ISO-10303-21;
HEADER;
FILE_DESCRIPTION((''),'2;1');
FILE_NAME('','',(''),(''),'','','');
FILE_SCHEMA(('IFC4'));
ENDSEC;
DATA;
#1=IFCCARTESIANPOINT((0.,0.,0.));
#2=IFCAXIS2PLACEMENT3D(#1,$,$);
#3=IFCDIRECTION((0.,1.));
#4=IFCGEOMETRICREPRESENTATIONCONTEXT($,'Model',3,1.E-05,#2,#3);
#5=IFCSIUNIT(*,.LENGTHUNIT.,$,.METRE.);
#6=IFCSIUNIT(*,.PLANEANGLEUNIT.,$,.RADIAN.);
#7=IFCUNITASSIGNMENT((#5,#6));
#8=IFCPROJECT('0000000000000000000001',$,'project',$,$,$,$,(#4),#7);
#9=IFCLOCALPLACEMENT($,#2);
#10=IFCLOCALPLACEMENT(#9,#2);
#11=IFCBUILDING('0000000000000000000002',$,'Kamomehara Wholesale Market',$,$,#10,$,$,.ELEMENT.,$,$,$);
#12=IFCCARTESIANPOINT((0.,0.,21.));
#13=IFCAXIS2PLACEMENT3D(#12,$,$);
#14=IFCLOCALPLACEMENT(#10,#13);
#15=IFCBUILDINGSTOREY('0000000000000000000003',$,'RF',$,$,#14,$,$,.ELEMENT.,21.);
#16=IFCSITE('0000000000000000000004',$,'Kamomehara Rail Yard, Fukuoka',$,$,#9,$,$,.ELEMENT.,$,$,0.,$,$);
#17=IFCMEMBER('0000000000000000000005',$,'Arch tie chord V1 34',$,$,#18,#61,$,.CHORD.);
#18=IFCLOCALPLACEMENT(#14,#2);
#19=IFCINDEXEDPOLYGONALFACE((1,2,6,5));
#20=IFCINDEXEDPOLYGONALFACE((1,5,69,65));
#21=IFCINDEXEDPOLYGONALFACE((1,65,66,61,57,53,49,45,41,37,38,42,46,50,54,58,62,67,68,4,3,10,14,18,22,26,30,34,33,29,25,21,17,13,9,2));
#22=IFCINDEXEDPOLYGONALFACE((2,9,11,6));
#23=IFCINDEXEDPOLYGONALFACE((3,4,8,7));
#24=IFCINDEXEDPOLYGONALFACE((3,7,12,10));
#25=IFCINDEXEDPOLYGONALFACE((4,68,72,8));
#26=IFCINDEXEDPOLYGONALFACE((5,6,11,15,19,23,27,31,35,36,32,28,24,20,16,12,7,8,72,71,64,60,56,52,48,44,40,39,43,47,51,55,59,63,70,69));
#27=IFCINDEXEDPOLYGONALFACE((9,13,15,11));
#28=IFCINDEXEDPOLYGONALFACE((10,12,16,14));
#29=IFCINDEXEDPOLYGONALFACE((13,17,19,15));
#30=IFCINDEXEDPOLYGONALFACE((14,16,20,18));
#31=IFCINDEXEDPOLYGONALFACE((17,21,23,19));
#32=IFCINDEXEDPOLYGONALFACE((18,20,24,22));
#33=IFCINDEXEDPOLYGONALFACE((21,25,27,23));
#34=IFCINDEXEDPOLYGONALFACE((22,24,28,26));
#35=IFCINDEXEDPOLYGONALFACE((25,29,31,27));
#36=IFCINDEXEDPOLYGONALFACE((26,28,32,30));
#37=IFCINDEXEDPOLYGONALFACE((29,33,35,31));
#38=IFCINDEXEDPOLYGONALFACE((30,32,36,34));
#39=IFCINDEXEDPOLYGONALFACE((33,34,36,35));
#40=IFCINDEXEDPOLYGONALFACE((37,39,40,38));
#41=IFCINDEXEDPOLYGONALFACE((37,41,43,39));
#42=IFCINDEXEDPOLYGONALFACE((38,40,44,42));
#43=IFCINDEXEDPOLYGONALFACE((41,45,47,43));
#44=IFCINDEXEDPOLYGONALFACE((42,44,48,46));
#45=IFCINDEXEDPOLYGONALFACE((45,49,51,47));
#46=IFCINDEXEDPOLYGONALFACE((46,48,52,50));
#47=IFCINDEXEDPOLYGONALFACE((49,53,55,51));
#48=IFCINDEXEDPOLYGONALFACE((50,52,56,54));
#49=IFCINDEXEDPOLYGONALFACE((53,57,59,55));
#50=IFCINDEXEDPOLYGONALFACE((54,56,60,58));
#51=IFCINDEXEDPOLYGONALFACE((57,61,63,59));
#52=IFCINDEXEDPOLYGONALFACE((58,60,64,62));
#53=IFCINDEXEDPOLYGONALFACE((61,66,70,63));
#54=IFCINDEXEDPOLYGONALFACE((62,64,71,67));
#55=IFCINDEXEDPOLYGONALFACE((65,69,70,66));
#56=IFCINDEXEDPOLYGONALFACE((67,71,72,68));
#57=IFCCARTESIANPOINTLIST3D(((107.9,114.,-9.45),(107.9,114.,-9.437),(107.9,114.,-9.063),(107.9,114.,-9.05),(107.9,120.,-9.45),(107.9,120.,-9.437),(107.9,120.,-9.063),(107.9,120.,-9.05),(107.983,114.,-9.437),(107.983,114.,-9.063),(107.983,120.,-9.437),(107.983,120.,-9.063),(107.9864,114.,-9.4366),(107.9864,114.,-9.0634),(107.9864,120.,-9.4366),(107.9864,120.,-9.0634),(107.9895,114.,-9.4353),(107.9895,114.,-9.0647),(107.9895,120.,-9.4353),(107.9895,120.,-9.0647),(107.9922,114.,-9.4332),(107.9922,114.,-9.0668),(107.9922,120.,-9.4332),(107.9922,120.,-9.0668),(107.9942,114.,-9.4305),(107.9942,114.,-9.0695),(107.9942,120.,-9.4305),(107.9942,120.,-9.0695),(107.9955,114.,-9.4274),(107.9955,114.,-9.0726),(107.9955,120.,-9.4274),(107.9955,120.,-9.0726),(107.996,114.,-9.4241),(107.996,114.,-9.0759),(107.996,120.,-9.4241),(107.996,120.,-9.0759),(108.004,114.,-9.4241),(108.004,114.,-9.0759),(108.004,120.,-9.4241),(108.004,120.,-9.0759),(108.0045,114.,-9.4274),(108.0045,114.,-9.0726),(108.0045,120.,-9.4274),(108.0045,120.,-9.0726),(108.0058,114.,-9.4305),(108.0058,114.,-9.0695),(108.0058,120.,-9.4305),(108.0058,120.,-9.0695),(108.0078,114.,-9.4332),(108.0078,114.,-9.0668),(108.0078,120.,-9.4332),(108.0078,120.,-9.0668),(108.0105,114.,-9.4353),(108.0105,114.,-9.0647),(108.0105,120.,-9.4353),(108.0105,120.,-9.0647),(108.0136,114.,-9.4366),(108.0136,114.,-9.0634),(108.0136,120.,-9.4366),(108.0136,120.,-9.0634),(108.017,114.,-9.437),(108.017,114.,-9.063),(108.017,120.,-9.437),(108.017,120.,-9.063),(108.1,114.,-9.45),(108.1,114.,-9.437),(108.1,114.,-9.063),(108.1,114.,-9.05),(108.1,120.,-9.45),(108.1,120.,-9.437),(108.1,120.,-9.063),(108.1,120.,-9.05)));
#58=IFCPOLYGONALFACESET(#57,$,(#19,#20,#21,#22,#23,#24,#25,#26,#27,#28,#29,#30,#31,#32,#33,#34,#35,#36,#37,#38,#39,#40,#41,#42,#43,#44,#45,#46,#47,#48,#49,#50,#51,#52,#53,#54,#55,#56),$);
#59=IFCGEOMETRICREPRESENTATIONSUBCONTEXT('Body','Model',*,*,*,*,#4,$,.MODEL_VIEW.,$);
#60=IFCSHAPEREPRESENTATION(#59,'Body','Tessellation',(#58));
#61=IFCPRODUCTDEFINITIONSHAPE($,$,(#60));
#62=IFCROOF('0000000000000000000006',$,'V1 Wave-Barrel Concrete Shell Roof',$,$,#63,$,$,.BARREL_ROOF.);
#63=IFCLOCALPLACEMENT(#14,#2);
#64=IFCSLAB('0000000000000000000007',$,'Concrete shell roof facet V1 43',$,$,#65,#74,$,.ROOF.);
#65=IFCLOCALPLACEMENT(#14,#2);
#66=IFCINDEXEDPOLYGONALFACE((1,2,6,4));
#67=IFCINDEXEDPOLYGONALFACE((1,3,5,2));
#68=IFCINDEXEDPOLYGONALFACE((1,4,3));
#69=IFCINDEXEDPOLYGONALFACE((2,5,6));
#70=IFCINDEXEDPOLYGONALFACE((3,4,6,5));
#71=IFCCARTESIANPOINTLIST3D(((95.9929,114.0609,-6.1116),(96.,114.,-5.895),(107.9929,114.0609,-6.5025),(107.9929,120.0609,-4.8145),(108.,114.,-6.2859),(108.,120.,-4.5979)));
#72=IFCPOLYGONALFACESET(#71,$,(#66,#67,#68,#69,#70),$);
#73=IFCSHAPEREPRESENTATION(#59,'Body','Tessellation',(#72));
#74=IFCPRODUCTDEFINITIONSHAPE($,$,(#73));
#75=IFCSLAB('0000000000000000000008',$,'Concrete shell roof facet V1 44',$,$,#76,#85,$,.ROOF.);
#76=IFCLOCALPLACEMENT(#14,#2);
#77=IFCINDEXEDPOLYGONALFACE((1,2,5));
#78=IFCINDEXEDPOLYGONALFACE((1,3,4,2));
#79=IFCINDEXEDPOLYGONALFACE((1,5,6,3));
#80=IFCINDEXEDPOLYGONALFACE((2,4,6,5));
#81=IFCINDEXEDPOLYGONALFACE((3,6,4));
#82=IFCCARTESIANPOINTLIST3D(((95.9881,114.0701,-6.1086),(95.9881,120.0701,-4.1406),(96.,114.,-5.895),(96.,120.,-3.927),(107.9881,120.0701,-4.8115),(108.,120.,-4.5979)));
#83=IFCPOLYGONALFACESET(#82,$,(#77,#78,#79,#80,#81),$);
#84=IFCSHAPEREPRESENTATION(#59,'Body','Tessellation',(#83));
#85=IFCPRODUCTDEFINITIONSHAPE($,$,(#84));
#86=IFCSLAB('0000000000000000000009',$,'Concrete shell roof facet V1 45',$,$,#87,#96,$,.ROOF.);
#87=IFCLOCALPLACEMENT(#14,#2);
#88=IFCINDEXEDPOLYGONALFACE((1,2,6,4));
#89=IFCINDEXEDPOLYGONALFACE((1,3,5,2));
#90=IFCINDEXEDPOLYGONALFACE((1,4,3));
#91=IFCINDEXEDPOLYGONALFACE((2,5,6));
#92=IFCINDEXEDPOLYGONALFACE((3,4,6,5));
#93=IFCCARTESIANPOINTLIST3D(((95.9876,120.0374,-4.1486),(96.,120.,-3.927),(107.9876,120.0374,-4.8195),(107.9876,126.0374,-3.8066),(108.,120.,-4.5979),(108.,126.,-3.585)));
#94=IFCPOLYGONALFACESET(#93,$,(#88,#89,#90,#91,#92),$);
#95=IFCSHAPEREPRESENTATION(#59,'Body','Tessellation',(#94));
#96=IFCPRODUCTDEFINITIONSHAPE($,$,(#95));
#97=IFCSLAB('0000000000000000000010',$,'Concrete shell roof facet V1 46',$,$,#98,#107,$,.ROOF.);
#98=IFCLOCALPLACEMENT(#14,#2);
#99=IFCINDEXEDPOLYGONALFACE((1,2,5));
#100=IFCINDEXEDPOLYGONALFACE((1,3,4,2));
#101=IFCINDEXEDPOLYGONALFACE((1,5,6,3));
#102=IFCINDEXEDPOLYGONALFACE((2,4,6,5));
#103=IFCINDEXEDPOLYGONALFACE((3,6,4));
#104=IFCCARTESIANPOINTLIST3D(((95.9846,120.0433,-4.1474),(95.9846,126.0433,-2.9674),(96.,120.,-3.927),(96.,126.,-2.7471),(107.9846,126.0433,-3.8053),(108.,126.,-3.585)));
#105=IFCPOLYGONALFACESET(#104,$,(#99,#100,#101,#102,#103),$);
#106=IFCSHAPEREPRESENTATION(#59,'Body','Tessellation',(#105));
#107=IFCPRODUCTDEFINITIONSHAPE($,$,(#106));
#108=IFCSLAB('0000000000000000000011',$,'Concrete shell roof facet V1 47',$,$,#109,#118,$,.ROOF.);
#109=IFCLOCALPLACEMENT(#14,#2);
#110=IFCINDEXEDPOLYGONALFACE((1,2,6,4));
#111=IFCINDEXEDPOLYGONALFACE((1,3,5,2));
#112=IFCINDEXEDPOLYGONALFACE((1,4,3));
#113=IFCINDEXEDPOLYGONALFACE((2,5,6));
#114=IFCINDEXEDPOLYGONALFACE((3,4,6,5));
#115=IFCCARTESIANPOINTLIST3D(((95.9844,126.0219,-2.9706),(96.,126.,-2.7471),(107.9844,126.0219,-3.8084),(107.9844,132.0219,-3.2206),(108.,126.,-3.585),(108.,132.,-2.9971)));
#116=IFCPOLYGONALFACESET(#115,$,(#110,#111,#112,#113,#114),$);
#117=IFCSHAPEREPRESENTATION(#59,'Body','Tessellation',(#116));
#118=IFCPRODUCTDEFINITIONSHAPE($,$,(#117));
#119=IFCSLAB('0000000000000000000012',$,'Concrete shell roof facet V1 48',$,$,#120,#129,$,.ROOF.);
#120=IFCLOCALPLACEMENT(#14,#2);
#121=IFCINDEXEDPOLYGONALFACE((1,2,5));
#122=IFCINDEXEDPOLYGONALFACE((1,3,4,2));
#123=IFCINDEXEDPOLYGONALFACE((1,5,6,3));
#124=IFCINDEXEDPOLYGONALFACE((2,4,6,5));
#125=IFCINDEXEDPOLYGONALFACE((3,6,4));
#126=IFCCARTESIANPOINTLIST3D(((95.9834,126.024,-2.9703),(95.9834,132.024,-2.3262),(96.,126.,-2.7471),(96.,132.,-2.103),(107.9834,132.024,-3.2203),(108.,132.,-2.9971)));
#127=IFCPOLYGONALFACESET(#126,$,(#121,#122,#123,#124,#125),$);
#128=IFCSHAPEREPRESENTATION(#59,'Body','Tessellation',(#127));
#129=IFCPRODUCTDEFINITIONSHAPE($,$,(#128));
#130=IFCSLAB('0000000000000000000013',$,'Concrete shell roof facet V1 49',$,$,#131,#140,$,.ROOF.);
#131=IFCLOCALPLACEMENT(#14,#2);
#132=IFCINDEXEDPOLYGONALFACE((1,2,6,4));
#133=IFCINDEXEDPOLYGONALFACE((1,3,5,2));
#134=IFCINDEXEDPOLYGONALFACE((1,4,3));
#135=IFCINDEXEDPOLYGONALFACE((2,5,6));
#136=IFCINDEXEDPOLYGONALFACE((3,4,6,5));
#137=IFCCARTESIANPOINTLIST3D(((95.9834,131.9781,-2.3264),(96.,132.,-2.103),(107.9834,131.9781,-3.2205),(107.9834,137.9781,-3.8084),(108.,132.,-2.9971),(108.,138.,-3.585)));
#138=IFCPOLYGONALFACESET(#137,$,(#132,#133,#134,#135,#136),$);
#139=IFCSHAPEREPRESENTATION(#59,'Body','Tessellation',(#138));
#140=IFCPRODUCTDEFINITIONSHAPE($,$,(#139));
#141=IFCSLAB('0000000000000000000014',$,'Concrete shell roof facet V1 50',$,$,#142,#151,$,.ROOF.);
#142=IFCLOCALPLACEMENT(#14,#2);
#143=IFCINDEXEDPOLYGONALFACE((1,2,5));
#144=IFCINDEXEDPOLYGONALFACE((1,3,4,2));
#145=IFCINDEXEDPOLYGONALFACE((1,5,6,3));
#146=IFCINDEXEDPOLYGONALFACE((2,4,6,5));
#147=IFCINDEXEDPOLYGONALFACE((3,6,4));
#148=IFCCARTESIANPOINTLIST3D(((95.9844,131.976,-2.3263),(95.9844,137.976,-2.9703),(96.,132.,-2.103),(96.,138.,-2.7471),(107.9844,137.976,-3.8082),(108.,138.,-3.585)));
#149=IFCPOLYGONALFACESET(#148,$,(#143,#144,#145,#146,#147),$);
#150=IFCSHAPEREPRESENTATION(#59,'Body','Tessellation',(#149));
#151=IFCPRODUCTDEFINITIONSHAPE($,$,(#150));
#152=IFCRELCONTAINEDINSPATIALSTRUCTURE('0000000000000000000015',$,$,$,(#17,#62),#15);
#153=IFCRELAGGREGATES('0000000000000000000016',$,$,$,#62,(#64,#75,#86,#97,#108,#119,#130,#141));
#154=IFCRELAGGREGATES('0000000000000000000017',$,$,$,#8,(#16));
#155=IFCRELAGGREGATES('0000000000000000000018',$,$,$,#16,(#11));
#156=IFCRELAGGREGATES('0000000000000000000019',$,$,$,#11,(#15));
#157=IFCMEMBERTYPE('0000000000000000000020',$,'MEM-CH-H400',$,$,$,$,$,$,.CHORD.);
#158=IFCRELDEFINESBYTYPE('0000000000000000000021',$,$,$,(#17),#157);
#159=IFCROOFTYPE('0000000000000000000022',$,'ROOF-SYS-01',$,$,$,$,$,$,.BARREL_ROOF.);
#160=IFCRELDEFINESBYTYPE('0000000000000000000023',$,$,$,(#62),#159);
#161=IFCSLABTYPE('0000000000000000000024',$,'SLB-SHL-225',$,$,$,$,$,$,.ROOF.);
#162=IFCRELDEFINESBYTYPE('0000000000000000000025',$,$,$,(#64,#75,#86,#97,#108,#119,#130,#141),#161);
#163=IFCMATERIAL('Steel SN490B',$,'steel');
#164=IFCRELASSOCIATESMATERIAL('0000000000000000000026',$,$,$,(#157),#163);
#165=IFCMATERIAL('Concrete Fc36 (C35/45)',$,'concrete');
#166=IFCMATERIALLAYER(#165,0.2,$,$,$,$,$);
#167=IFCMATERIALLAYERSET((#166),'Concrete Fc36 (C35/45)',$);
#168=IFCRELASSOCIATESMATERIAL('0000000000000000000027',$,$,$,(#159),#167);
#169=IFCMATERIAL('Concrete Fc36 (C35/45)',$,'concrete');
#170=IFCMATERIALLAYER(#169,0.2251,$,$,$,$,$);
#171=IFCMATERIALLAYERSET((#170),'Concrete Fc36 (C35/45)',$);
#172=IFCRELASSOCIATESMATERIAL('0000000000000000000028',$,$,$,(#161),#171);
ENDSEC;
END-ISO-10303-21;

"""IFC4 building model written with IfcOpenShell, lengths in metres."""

from ifc_helpers import new_model, si_unit, direction, frame, origin, origin_2d, place, context, subcontext, project, spatial, polyline, i_section, outline, extrude, material, layer, layer_set, material_profile, profile_set, type_object, element, aggregate, save


model = new_model("IFC4")

# Units and contexts
model_context = context("Model", 3, precision=1e-05, world=origin(), true_north=direction((0.0, 1.0)))
body_context = subcontext(model_context, "Body", "Model", "MODEL_VIEW")
ifc_project = project(units=[si_unit("LENGTHUNIT", "METRE"), si_unit("PLANEANGLEUNIT", "RADIAN")], contexts=[model_context])

# Site, building, storey
site_placement = place(None, origin())
site = spatial("IfcSite", under=ifc_project, at=site_placement, Name="Kamomehara Rail Yard, Fukuoka", CompositionType="ELEMENT", RefElevation=0.0)
building_placement = place(site_placement, origin())
building = spatial("IfcBuilding", under=site, at=building_placement, Name="Kamomehara Wholesale Market", CompositionType="ELEMENT")
storey_placement = place(building_placement, frame((0.0, 0.0, 21.0)))
storey = spatial("IfcBuildingStorey", under=building, at=storey_placement, Name="RF", CompositionType="ELEMENT", Elevation=21.0)

# Member
ifc_material_1 = material(Name="Steel SN490B", Category="steel")
ifc_material_profile_1 = material_profile(ifc_material_1, i_section(OverallWidth=0.2, OverallDepth=0.3999, WebThickness=0.0081, FlangeThickness=0.0129, FilletRadius=0.0129, at=origin_2d()), Name="H-400x200x8x13")
ifc_profile_set_1 = profile_set([ifc_material_profile_1], Name="Steel SN490B")
member_type_1 = type_object("IfcMemberType", Name="MEM-CH-H400", PredefinedType="CHORD", material=ifc_profile_set_1)
member_1_placement = place(storey_placement, frame((108.0, 114.0, -9.25), z_axis=(0.0, 1.0, 0.0), x_axis=(-1.0, 0.0, 0.0)))
element("IfcMember", 1, at=member_1_placement, inside=storey, type_object=member_type_1, Name="Arch tie chord V1 34", PredefinedType="CHORD", context=body_context, shape_type="SweptSolid", body=[
    extrude(i_section(OverallWidth=0.2, OverallDepth=0.3999, WebThickness=0.0081, FlangeThickness=0.0129, FilletRadius=0.0129, at=origin_2d()), origin(), (0.0, 0.0, 1.0), 6.0),
])

# Roof, slabs
ifc_material_2 = material(Name="Concrete Fc36 (C35/45)", Category="concrete")
ifc_layer_1 = layer(ifc_material_2, 0.2)
ifc_layer_set_1 = layer_set([ifc_layer_1], Name="Concrete Fc36 (C35/45)")
roof_type = type_object("IfcRoofType", Name="ROOF-SYS-01", PredefinedType="BARREL_ROOF", material=ifc_layer_set_1)
roof_placement = place(storey_placement, origin())
roof = element("IfcRoof", 2, at=roof_placement, inside=storey, type_object=roof_type, Name="V1 Wave-Barrel Concrete Shell Roof", PredefinedType="BARREL_ROOF")
ifc_material_3 = material(Name="Concrete Fc36 (C35/45)", Category="concrete")
ifc_layer_2 = layer(ifc_material_3, 0.2251)
ifc_layer_set_2 = layer_set([ifc_layer_2], Name="Concrete Fc36 (C35/45)")
slab_type = type_object("IfcSlabType", Name="SLB-SHL-225", PredefinedType="ROOF", material=ifc_layer_set_2)
slab_1_placement = place(storey_placement, frame((96.0, 114.0, -5.895), z_axis=(0.03134, -0.270685, 0.962158), x_axis=(0.99947, 0.0, -0.032555)))
slab_1 = element("IfcSlab", 3, at=slab_1_placement, type_object=slab_type, Name="Concrete shell roof facet V1 43", PredefinedType="ROOF", context=body_context, shape_type="SweptSolid", body=[
    extrude(outline(polyline([(0.0, 0.0), (12.0064, 0.0), (11.9514, 6.2327), (0.0, 0.0)])), origin(), (0.0, 0.0, -1.0), 0.2251),
])
slab_2_placement = place(storey_placement, frame((96.0, 114.0, -5.895), z_axis=(0.053049, -0.311227, 0.948854), x_axis=(0.890276, 0.445138, 0.096233)))
slab_2 = element("IfcSlab", 4, at=slab_2_placement, type_object=slab_type, Name="Concrete shell roof facet V1 44", PredefinedType="ROOF", context=body_context, shape_type="SweptSolid", body=[
    extrude(outline(polyline([(0.0, 0.0), (13.479, 0.0), (2.8602, 5.6296), (0.0, 0.0)])), origin(), (0.0, 0.0, -1.0), 0.2251),
])
slab_3_placement = place(storey_placement, frame((96.0, 120.0, -3.927), z_axis=(0.055045, -0.166215, 0.984552), x_axis=(0.998441, 0.0, -0.055821)))
slab_3 = element("IfcSlab", 5, at=slab_3_placement, type_object=slab_type, Name="Concrete shell roof facet V1 45", PredefinedType="ROOF", context=body_context, shape_type="SweptSolid", body=[
    extrude(outline(polyline([(0.0, 0.0), (12.0187, 0.0), (11.9622, 6.0846), (0.0, 0.0)])), origin(), (0.0, 0.0, -1.0), 0.2251),
])
slab_4_placement = place(storey_placement, frame((96.0, 120.0, -3.927), z_axis=(0.068352, -0.192508, 0.978912), x_axis=(0.894137, 0.447068, 0.025486)))
slab_4 = element("IfcSlab", 6, at=slab_4_placement, type_object=slab_type, Name="Concrete shell roof facet V1 46", PredefinedType="ROOF", context=body_context, shape_type="SweptSolid", body=[
    extrude(outline(polyline([(0.0, 0.0), (13.4208, 0.0), (2.7125, 5.4804), (0.0, 0.0)])), origin(), (0.0, 0.0, -1.0), 0.2251),
])
slab_5_placement = place(storey_placement, frame((96.0, 126.0, -2.7471), z_axis=(0.069324, -0.09728, 0.99284), x_axis=(0.997571, 0.0, -0.069655)))
slab_5 = element("IfcSlab", 7, at=slab_5_placement, type_object=slab_type, Name="Concrete shell roof facet V1 47", PredefinedType="ROOF", context=body_context, shape_type="SweptSolid", body=[
    extrude(outline(polyline([(0.0, 0.0), (12.0292, 0.0), (11.9883, 6.0286), (0.0, 0.0)])), origin(), (0.0, 0.0, -1.0), 0.2251),
])
slab_6_placement = place(storey_placement, frame((96.0, 126.0, -2.7471), z_axis=(0.073876, -0.106436, 0.991571), x_axis=(0.894272, 0.447136, -0.018631)))
slab_6 = element("IfcSlab", 8, at=slab_6_placement, type_object=slab_type, Name="Concrete shell roof facet V1 48", PredefinedType="ROOF", context=body_context, shape_type="SweptSolid", body=[
    extrude(outline(polyline([(0.0, 0.0), (13.4187, 0.0), (2.6708, 5.4112), (0.0, 0.0)])), origin(), (0.0, 0.0, -1.0), 0.2251),
])
slab_7_placement = place(storey_placement, frame((96.0, 132.0, -2.103), z_axis=(0.073946, 0.097248, 0.992509), x_axis=(0.997236, 0.0, -0.074298)))
slab_7 = element("IfcSlab", 9, at=slab_7_placement, type_object=slab_type, Name="Concrete shell roof facet V1 49", PredefinedType="ROOF", context=body_context, shape_type="SweptSolid", body=[
    extrude(outline(polyline([(0.0, 0.0), (12.0333, 0.0), (12.0769, 6.0286), (0.0, 0.0)])), origin(), (0.0, 0.0, -1.0), 0.2251),
])
slab_8_placement = place(storey_placement, frame((96.0, 132.0, -2.103), z_axis=(0.069259, 0.106471, 0.991901), x_axis=(0.88902, 0.44451, -0.109789)))
slab_8 = element("IfcSlab", 10, at=slab_8_placement, type_object=slab_type, Name="Concrete shell roof facet V1 50", PredefinedType="ROOF", context=body_context, shape_type="SweptSolid", body=[
    extrude(outline(polyline([(0.0, 0.0), (13.498, 0.0), (2.7378, 5.3777), (0.0, 0.0)])), origin(), (0.0, 0.0, -1.0), 0.2251),
])
aggregate(roof, [slab_1, slab_2, slab_3, slab_4, slab_5, slab_6, slab_7, slab_8])

save(model, "model.ifc")
